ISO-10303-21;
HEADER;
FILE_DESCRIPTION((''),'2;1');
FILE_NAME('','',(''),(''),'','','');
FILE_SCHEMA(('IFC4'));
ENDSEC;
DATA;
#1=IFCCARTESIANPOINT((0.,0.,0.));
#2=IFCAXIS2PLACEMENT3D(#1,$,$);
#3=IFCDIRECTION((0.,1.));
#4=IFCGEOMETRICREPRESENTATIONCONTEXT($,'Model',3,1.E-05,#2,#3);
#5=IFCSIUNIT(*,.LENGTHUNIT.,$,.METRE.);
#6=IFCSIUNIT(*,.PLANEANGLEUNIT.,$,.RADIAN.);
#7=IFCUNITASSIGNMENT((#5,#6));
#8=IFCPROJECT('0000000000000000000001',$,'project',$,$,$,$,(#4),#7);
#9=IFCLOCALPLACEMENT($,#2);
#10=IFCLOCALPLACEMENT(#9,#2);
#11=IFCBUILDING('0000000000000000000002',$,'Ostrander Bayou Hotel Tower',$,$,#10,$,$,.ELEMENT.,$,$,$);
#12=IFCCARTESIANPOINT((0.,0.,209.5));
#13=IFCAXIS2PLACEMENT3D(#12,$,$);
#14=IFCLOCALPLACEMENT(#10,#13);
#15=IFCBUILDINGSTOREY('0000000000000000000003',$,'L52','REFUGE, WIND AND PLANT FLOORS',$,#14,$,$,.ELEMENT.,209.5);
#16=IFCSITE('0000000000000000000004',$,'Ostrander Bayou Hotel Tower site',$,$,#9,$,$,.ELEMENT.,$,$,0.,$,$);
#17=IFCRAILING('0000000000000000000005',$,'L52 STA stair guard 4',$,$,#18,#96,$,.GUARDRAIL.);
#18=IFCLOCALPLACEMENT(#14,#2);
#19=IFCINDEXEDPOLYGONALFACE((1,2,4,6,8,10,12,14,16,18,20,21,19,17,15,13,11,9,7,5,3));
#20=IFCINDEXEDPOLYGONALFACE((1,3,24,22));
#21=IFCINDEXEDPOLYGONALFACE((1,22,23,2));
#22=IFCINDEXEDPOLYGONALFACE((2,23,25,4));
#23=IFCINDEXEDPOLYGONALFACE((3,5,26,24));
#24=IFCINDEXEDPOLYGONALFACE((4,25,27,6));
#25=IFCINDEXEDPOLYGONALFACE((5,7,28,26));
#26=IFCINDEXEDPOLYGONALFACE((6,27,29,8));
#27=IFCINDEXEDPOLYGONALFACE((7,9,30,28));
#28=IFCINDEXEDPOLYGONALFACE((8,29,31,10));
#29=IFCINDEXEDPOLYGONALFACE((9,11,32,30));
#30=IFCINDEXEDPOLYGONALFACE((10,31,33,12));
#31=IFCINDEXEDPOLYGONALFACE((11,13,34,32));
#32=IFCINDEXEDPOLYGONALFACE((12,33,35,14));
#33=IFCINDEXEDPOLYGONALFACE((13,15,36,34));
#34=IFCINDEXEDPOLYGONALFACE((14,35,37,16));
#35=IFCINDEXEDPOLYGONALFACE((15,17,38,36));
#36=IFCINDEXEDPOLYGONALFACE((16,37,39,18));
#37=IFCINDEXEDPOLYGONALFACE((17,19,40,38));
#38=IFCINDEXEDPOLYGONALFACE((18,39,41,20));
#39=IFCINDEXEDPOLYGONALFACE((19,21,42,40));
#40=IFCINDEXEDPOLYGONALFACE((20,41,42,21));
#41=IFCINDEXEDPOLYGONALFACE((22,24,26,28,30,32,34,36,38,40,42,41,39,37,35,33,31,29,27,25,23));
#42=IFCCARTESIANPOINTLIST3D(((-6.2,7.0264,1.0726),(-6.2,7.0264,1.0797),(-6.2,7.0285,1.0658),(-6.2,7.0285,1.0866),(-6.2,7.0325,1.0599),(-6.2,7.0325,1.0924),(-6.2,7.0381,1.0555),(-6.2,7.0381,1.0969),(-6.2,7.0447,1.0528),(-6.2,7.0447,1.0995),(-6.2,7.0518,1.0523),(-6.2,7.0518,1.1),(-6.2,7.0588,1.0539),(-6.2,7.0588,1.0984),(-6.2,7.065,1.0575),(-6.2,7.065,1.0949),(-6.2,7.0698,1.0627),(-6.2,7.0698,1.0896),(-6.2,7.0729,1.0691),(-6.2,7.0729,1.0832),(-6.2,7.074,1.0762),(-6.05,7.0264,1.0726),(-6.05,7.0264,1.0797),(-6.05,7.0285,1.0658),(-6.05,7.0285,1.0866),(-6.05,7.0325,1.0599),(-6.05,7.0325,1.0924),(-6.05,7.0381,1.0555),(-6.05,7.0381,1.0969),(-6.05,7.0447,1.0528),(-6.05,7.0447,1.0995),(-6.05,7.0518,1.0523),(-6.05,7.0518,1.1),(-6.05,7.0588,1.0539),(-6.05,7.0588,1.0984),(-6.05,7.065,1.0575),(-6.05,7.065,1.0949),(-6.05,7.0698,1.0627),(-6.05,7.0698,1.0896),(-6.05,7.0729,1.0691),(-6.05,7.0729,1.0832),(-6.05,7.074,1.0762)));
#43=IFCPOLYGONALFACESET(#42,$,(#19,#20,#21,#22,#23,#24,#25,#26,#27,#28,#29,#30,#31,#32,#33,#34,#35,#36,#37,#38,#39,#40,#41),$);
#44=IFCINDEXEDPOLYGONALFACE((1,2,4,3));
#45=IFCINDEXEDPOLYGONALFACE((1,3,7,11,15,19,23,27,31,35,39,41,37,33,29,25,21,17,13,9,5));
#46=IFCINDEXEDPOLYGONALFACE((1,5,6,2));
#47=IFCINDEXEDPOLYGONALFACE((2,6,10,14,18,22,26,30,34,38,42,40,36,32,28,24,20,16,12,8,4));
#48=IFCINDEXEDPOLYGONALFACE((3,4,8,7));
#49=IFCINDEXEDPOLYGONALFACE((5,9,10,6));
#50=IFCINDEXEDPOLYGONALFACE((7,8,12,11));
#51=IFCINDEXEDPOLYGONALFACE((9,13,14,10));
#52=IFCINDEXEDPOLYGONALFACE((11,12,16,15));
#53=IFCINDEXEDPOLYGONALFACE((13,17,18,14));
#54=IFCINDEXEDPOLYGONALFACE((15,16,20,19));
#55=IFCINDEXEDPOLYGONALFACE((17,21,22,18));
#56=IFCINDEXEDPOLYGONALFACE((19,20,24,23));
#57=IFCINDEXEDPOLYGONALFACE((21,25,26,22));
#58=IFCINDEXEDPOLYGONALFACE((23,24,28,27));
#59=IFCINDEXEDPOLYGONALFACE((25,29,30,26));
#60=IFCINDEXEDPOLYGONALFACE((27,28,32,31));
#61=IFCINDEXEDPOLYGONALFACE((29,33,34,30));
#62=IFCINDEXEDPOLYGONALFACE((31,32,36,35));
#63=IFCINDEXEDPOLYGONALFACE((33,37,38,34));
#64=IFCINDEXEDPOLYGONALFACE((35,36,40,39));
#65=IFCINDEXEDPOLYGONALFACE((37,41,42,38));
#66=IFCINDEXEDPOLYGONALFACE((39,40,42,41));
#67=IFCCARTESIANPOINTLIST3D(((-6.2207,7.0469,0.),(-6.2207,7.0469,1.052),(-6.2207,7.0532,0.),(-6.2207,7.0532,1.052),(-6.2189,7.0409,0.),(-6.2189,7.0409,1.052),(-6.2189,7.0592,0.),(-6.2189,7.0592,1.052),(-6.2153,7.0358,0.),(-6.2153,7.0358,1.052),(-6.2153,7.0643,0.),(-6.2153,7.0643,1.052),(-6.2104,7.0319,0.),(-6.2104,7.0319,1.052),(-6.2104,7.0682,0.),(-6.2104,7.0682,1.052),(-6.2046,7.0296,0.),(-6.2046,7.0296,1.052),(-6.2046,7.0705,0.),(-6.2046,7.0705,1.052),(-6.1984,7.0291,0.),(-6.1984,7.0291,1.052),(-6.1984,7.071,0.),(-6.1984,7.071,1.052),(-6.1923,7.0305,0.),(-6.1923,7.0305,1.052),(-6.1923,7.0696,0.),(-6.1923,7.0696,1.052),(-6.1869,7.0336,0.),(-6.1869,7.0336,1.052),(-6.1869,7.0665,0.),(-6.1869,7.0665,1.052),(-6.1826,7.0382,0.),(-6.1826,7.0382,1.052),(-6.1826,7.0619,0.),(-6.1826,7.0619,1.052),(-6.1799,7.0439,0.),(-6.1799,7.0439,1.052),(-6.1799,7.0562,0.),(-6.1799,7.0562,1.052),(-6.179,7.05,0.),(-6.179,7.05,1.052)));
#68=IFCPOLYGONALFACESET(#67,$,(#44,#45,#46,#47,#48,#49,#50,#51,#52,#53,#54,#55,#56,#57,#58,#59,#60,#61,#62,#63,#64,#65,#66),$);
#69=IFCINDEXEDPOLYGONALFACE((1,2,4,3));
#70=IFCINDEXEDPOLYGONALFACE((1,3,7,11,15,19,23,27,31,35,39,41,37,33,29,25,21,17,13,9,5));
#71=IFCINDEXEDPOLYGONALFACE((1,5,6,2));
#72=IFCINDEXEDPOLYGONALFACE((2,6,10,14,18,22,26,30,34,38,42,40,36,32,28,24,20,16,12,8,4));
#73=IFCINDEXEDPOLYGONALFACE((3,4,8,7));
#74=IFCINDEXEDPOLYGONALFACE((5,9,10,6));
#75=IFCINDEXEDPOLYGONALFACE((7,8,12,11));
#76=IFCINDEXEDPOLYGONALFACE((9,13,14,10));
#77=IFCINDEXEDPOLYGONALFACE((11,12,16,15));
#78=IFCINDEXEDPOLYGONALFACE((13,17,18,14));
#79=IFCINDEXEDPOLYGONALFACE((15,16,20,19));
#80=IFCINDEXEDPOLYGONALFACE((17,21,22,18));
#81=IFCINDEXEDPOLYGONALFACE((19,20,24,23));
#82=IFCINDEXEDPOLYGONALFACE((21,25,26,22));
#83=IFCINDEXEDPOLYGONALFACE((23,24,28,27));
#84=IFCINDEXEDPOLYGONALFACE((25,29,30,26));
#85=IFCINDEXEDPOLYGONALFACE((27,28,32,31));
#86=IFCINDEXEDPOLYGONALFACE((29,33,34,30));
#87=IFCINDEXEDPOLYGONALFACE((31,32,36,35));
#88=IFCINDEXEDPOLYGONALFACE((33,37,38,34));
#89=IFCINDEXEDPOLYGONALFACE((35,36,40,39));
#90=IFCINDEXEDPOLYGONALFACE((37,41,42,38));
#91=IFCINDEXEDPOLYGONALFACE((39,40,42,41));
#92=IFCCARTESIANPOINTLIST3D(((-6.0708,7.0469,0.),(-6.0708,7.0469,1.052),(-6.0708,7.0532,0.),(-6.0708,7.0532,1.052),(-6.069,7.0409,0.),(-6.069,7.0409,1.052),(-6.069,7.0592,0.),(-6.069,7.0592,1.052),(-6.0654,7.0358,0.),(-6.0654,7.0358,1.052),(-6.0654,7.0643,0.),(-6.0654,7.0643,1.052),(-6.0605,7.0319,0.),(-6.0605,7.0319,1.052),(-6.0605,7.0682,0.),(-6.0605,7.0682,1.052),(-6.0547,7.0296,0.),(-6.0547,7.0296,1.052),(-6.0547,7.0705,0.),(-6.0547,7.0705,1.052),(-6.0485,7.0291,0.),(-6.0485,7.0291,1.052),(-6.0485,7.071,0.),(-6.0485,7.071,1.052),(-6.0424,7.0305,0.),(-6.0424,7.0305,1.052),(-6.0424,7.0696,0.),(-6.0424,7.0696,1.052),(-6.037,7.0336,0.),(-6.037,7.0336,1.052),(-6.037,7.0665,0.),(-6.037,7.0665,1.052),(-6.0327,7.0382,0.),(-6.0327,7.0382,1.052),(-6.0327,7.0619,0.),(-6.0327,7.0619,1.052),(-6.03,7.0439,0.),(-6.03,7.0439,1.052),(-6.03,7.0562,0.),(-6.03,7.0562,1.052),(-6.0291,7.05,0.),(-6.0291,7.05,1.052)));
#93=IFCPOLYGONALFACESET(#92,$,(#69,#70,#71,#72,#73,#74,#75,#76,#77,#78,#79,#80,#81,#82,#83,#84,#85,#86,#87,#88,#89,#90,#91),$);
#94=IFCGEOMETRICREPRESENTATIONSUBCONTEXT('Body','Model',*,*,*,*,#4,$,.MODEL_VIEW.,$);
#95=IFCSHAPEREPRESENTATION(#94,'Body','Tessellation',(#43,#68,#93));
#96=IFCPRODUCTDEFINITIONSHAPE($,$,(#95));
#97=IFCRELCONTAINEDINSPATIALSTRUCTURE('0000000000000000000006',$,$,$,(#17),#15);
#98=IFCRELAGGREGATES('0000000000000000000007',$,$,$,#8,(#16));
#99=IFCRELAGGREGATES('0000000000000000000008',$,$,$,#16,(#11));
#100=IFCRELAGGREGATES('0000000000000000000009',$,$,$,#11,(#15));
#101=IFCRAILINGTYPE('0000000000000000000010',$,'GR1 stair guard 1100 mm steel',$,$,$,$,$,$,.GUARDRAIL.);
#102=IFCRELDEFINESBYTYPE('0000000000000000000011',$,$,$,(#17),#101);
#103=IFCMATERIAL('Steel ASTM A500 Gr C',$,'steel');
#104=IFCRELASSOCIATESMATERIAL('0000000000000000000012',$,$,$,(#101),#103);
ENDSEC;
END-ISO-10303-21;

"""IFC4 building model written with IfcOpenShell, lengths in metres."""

from ifc_helpers import new_model, si_unit, direction, frame, origin, origin_2d, place, context, subcontext, project, spatial, circle, extrude, material, type_object, element, save


model = new_model("IFC4")

# Units and contexts
model_context = context("Model", 3, precision=1e-05, world=origin(), true_north=direction((0.0, 1.0)))
body_context = subcontext(model_context, "Body", "Model", "MODEL_VIEW")
ifc_project = project(units=[si_unit("LENGTHUNIT", "METRE"), si_unit("PLANEANGLEUNIT", "RADIAN")], contexts=[model_context])

# Site, building, storey
site_placement = place(None, origin())
site = spatial("IfcSite", under=ifc_project, at=site_placement, Name="Ostrander Bayou Hotel Tower site", CompositionType="ELEMENT", RefElevation=0.0)
building_placement = place(site_placement, origin())
building = spatial("IfcBuilding", under=site, at=building_placement, Name="Ostrander Bayou Hotel Tower", CompositionType="ELEMENT")
storey_placement = place(building_placement, frame((0.0, 0.0, 209.5)))
storey = spatial("IfcBuildingStorey", under=building, at=storey_placement, Name="L52", Description="REFUGE, WIND AND PLANT FLOORS", CompositionType="ELEMENT", Elevation=209.5)

# Railing
ifc_material_1 = material(Name="Steel ASTM A500 Gr C", Category="steel")
railing_type_1 = type_object("IfcRailingType", Name="GR1 stair guard 1100 mm steel", PredefinedType="GUARDRAIL", material=ifc_material_1)
railing_1_placement = place(storey_placement, frame((-6.2, 7.05, 0.0)))
element("IfcRailing", 1, at=railing_1_placement, inside=storey, type_object=railing_type_1, Name="L52 STA stair guard 4", PredefinedType="GUARDRAIL", context=body_context, shape_type="SweptSolid", body=[
    extrude(circle(Radius=0.0239, at=origin_2d()), frame((0.0, 0.0, 1.0762), z_axis=(1.0, 0.0, 0.0), x_axis=(0.0, 1.0, 0.0)), (0.0, 0.0, 1.0), 0.1499),
    extrude(circle(Radius=0.021, at=origin_2d()), origin(), (0.0, 0.0, 1.0), 1.052),
    extrude(circle(Radius=0.021, at=origin_2d()), frame((0.1499, 0.0, 0.0)), (0.0, 0.0, 1.0), 1.052),
])

save(model, "model.ifc")
